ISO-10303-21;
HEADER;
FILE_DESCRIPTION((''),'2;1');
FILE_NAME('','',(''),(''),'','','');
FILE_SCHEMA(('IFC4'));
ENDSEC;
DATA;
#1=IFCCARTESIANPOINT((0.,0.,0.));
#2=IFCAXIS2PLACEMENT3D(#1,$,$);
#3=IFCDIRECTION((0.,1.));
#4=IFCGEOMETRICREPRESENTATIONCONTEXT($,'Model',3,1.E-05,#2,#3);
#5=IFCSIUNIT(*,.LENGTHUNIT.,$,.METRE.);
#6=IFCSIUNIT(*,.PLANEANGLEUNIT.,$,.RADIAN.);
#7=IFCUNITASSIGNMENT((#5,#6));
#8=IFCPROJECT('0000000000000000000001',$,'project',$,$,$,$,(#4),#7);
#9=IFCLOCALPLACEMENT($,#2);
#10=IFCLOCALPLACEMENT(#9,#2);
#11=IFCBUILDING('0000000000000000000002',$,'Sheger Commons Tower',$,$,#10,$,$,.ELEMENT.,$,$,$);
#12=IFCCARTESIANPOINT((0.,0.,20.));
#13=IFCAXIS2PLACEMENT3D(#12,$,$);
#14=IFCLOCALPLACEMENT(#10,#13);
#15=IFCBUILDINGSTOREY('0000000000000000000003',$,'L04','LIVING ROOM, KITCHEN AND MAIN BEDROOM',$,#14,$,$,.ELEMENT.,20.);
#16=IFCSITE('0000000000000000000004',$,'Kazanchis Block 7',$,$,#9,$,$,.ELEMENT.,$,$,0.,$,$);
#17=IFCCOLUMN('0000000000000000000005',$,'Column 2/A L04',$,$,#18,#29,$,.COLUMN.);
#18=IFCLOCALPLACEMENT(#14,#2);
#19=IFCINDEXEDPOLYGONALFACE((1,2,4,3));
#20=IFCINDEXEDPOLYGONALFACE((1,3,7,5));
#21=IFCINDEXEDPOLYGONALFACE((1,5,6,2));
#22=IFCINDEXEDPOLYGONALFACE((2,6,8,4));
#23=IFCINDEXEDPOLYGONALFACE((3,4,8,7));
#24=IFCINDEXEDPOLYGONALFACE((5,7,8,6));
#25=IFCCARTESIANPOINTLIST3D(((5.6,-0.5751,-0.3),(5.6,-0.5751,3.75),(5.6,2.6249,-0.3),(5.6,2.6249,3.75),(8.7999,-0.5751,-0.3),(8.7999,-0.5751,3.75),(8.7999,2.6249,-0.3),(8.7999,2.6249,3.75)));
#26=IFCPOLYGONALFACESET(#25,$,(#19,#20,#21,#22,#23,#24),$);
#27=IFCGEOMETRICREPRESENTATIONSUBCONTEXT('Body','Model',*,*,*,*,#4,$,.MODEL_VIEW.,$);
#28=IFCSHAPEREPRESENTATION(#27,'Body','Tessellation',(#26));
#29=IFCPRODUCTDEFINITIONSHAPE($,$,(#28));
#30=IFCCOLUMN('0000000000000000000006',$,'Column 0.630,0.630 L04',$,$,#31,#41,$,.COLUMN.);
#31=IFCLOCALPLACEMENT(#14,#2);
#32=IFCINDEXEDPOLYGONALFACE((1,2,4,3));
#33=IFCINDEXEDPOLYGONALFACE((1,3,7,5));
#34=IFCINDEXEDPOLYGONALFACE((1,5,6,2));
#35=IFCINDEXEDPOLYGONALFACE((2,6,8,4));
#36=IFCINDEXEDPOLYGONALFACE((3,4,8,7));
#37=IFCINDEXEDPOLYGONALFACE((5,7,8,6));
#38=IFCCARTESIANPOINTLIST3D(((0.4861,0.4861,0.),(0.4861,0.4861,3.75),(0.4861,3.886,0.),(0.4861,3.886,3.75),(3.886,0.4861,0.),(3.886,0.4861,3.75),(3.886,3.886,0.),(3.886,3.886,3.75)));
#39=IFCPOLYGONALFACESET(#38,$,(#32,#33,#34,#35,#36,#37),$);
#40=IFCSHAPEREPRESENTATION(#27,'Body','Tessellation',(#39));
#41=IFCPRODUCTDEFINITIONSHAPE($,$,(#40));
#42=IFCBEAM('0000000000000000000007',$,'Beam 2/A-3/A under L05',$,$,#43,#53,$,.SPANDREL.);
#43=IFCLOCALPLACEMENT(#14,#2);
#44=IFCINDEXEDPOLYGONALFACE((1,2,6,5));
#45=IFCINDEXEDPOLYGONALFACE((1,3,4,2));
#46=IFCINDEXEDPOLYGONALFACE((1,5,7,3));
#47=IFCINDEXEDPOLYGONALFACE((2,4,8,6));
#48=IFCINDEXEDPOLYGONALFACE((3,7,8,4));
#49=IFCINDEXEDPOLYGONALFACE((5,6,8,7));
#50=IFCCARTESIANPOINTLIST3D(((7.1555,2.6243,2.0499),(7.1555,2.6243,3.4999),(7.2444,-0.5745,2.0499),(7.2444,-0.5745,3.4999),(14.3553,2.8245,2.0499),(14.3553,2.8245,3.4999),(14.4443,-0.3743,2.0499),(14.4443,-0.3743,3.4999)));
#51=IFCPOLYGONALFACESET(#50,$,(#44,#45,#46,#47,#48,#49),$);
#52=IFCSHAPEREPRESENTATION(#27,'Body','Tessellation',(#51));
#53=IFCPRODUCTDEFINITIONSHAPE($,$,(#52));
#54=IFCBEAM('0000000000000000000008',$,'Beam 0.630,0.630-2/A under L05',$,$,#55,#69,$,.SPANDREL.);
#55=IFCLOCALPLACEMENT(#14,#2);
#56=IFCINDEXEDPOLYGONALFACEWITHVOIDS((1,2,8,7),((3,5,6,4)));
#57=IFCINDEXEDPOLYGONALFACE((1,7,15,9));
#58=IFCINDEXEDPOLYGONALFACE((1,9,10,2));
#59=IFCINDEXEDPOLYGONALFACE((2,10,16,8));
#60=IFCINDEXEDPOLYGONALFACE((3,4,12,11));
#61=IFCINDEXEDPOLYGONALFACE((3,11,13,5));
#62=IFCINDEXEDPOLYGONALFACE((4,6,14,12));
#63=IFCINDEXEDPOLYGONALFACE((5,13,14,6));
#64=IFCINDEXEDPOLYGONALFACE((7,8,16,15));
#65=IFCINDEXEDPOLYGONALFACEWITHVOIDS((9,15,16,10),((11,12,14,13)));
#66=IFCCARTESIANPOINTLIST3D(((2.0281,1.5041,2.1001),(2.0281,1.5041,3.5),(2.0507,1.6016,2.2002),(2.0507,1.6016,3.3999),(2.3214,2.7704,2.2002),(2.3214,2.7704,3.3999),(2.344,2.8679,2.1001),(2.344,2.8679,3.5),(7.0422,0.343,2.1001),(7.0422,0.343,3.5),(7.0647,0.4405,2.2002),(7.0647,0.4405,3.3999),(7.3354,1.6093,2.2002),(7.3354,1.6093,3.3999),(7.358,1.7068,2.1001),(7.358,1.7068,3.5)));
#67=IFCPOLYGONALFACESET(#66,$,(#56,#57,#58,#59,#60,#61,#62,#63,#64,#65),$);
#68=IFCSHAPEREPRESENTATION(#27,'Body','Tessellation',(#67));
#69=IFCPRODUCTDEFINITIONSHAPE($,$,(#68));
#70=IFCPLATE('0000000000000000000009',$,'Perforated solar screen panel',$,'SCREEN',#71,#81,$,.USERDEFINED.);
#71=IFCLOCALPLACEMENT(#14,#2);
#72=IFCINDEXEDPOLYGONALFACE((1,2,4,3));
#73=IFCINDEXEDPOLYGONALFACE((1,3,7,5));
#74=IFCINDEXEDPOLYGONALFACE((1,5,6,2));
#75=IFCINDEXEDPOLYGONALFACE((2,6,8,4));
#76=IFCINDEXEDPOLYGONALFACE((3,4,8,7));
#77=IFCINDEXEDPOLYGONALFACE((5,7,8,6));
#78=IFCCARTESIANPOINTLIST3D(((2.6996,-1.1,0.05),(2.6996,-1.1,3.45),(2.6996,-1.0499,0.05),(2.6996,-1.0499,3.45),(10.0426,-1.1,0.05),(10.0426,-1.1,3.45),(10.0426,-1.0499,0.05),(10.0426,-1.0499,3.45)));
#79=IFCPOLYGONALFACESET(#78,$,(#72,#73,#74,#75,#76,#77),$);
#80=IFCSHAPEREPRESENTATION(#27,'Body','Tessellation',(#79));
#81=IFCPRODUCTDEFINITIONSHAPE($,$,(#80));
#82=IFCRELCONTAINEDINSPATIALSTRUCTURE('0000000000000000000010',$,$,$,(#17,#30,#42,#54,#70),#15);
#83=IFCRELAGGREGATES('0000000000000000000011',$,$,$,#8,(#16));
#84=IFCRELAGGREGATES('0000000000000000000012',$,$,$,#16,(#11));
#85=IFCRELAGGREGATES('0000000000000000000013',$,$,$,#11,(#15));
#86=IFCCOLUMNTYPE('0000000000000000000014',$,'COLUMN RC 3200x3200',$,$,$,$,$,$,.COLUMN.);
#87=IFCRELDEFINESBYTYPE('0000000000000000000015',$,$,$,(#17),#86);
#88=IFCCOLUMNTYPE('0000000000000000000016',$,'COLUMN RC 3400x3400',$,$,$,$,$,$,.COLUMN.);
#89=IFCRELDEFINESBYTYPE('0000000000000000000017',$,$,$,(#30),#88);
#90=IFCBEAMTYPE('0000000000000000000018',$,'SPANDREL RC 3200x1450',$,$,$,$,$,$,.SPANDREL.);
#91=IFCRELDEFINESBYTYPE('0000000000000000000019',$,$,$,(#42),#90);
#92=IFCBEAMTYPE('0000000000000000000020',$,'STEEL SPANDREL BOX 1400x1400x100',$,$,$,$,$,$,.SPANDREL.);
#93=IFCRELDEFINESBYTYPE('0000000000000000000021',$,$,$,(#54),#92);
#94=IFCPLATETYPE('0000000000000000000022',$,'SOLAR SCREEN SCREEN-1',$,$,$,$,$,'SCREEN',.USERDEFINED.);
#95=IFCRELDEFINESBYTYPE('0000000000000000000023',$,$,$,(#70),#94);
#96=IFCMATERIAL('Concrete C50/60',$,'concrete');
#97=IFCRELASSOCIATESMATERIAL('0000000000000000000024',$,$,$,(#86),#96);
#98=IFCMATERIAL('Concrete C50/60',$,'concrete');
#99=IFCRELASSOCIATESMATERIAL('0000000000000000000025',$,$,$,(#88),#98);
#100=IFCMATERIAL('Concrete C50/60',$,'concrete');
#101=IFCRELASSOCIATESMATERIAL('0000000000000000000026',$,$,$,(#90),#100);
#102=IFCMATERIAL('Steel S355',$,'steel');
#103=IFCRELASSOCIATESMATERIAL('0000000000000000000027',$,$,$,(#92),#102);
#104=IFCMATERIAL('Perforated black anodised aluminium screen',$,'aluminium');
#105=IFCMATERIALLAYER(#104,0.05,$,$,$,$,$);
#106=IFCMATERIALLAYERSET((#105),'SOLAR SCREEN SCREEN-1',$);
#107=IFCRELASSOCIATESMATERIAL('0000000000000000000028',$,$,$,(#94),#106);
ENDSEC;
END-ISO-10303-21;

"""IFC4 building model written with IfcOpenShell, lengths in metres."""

from ifc_helpers import new_model, si_unit, direction, frame, origin, origin_2d, place, context, subcontext, project, spatial, rectangle, hollow_rectangle, extrude, material, layer, layer_set, material_profile, profile_set, type_object, element, save


model = new_model("IFC4")

# Units and contexts
model_context = context("Model", 3, precision=1e-05, world=origin(), true_north=direction((0.0, 1.0)))
body_context = subcontext(model_context, "Body", "Model", "MODEL_VIEW")
ifc_project = project(units=[si_unit("LENGTHUNIT", "METRE"), si_unit("PLANEANGLEUNIT", "RADIAN")], contexts=[model_context])

# Site, building, storey
site_placement = place(None, origin())
site = spatial("IfcSite", under=ifc_project, at=site_placement, Name="Kazanchis Block 7", CompositionType="ELEMENT", RefElevation=0.0)
building_placement = place(site_placement, origin())
building = spatial("IfcBuilding", under=site, at=building_placement, Name="Sheger Commons Tower", CompositionType="ELEMENT")
storey_placement = place(building_placement, frame((0.0, 0.0, 20.0)))
storey = spatial("IfcBuildingStorey", under=building, at=storey_placement, Name="L04", Description="LIVING ROOM, KITCHEN AND MAIN BEDROOM", CompositionType="ELEMENT", Elevation=20.0)

# Columns
ifc_material_1 = material(Name="Concrete C50/60", Category="concrete")
ifc_material_profile_1 = material_profile(ifc_material_1, rectangle(XDim=3.2, YDim=3.2, at=origin_2d()), Name="RC 3200x3200")
ifc_profile_set_1 = profile_set([ifc_material_profile_1], Name="Concrete C50/60")
column_type_1 = type_object("IfcColumnType", Name="COLUMN RC 3200x3200", PredefinedType="COLUMN", material=ifc_profile_set_1)
column_1_placement = place(storey_placement, frame((7.2, 1.0249, -0.3), z_axis=(0.0, 0.0, 1.0), x_axis=(1.0, 0.0, 0.0)))
element("IfcColumn", 1, at=column_1_placement, inside=storey, type_object=column_type_1, Name="Column 2/A L04", PredefinedType="COLUMN", context=body_context, shape_type="SweptSolid", body=[
    extrude(rectangle(XDim=3.2, YDim=3.2, at=origin_2d()), origin(), (0.0, 0.0, 1.0), 4.05),
])
ifc_material_2 = material(Name="Concrete C50/60", Category="concrete")
ifc_material_profile_2 = material_profile(ifc_material_2, rectangle(XDim=3.3999, YDim=3.3999, at=origin_2d()), Name="RC 3400x3400")
ifc_profile_set_2 = profile_set([ifc_material_profile_2], Name="Concrete C50/60")
column_type_2 = type_object("IfcColumnType", Name="COLUMN RC 3400x3400", PredefinedType="COLUMN", material=ifc_profile_set_2)
column_2_placement = place(storey_placement, frame((2.186, 2.186, 0.0), z_axis=(0.0, 0.0, 1.0), x_axis=(1.0, 0.0, 0.0)))
element("IfcColumn", 2, at=column_2_placement, inside=storey, type_object=column_type_2, Name="Column 0.630,0.630 L04", PredefinedType="COLUMN", context=body_context, shape_type="SweptSolid", body=[
    extrude(rectangle(XDim=3.3999, YDim=3.3999, at=origin_2d()), origin(), (0.0, 0.0, 1.0), 3.75),
])

# Beams
ifc_material_3 = material(Name="Concrete C50/60", Category="concrete")
ifc_material_profile_3 = material_profile(ifc_material_3, rectangle(XDim=3.2, YDim=1.45, at=origin_2d()), Name="RC 3200x1450")
ifc_profile_set_3 = profile_set([ifc_material_profile_3], Name="Concrete C50/60")
beam_type_1 = type_object("IfcBeamType", Name="SPANDREL RC 3200x1450", PredefinedType="SPANDREL", material=ifc_profile_set_3)
beam_1_placement = place(storey_placement, frame((7.2, 1.0249, 2.7749), z_axis=(0.999614, 0.027794, 0.0), x_axis=(-0.027794, 0.999614, 0.0)))
element("IfcBeam", 3, at=beam_1_placement, inside=storey, type_object=beam_type_1, Name="Beam 2/A-3/A under L05", PredefinedType="SPANDREL", context=body_context, shape_type="SweptSolid", body=[
    extrude(rectangle(XDim=3.2, YDim=1.45, at=origin_2d()), origin(), (0.0, 0.0, 1.0), 7.2026),
])
ifc_material_4 = material(Name="Steel S355", Category="steel")
ifc_material_profile_4 = material_profile(ifc_material_4, hollow_rectangle(XDim=1.3999, YDim=1.3999, WallThickness=0.1001, at=origin_2d()), Name="BOX 1400x1400x100")
ifc_profile_set_4 = profile_set([ifc_material_profile_4], Name="Steel S355")
beam_type_2 = type_object("IfcBeamType", Name="STEEL SPANDREL BOX 1400x1400x100", PredefinedType="SPANDREL", material=ifc_profile_set_4)
beam_2_placement = place(storey_placement, frame((2.186, 2.186, 2.8), z_axis=(0.974217, -0.225611, 0.0), x_axis=(0.225611, 0.974217, 0.0)))
element("IfcBeam", 4, at=beam_2_placement, inside=storey, type_object=beam_type_2, Name="Beam 0.630,0.630-2/A under L05", PredefinedType="SPANDREL", context=body_context, shape_type="SweptSolid", body=[
    extrude(hollow_rectangle(XDim=1.3999, YDim=1.3999, WallThickness=0.1001, at=origin_2d()), origin(), (0.0, 0.0, 1.0), 5.1467),
])

# Plate
ifc_material_5 = material(Name="Perforated black anodised aluminium screen", Category="aluminium")
ifc_layer_1 = layer(ifc_material_5, 0.05)
ifc_layer_set_1 = layer_set([ifc_layer_1], Name="SOLAR SCREEN SCREEN-1")
plate_type = type_object("IfcPlateType", Name="SOLAR SCREEN SCREEN-1", ElementType="SCREEN", PredefinedType="USERDEFINED", material=ifc_layer_set_1)
plate_placement = place(storey_placement, frame((6.3711, -1.075, 0.05), z_axis=(0.0, 0.0, 1.0), x_axis=(1.0, 0.0, 0.0)))
element("IfcPlate", 5, at=plate_placement, inside=storey, type_object=plate_type, Name="Perforated solar screen panel", ObjectType="SCREEN", PredefinedType="USERDEFINED", context=body_context, shape_type="SweptSolid", body=[
    extrude(rectangle(XDim=7.343, YDim=0.05, at=origin_2d()), origin(), (0.0, 0.0, 1.0), 3.3999),
])

save(model, "model.ifc")
